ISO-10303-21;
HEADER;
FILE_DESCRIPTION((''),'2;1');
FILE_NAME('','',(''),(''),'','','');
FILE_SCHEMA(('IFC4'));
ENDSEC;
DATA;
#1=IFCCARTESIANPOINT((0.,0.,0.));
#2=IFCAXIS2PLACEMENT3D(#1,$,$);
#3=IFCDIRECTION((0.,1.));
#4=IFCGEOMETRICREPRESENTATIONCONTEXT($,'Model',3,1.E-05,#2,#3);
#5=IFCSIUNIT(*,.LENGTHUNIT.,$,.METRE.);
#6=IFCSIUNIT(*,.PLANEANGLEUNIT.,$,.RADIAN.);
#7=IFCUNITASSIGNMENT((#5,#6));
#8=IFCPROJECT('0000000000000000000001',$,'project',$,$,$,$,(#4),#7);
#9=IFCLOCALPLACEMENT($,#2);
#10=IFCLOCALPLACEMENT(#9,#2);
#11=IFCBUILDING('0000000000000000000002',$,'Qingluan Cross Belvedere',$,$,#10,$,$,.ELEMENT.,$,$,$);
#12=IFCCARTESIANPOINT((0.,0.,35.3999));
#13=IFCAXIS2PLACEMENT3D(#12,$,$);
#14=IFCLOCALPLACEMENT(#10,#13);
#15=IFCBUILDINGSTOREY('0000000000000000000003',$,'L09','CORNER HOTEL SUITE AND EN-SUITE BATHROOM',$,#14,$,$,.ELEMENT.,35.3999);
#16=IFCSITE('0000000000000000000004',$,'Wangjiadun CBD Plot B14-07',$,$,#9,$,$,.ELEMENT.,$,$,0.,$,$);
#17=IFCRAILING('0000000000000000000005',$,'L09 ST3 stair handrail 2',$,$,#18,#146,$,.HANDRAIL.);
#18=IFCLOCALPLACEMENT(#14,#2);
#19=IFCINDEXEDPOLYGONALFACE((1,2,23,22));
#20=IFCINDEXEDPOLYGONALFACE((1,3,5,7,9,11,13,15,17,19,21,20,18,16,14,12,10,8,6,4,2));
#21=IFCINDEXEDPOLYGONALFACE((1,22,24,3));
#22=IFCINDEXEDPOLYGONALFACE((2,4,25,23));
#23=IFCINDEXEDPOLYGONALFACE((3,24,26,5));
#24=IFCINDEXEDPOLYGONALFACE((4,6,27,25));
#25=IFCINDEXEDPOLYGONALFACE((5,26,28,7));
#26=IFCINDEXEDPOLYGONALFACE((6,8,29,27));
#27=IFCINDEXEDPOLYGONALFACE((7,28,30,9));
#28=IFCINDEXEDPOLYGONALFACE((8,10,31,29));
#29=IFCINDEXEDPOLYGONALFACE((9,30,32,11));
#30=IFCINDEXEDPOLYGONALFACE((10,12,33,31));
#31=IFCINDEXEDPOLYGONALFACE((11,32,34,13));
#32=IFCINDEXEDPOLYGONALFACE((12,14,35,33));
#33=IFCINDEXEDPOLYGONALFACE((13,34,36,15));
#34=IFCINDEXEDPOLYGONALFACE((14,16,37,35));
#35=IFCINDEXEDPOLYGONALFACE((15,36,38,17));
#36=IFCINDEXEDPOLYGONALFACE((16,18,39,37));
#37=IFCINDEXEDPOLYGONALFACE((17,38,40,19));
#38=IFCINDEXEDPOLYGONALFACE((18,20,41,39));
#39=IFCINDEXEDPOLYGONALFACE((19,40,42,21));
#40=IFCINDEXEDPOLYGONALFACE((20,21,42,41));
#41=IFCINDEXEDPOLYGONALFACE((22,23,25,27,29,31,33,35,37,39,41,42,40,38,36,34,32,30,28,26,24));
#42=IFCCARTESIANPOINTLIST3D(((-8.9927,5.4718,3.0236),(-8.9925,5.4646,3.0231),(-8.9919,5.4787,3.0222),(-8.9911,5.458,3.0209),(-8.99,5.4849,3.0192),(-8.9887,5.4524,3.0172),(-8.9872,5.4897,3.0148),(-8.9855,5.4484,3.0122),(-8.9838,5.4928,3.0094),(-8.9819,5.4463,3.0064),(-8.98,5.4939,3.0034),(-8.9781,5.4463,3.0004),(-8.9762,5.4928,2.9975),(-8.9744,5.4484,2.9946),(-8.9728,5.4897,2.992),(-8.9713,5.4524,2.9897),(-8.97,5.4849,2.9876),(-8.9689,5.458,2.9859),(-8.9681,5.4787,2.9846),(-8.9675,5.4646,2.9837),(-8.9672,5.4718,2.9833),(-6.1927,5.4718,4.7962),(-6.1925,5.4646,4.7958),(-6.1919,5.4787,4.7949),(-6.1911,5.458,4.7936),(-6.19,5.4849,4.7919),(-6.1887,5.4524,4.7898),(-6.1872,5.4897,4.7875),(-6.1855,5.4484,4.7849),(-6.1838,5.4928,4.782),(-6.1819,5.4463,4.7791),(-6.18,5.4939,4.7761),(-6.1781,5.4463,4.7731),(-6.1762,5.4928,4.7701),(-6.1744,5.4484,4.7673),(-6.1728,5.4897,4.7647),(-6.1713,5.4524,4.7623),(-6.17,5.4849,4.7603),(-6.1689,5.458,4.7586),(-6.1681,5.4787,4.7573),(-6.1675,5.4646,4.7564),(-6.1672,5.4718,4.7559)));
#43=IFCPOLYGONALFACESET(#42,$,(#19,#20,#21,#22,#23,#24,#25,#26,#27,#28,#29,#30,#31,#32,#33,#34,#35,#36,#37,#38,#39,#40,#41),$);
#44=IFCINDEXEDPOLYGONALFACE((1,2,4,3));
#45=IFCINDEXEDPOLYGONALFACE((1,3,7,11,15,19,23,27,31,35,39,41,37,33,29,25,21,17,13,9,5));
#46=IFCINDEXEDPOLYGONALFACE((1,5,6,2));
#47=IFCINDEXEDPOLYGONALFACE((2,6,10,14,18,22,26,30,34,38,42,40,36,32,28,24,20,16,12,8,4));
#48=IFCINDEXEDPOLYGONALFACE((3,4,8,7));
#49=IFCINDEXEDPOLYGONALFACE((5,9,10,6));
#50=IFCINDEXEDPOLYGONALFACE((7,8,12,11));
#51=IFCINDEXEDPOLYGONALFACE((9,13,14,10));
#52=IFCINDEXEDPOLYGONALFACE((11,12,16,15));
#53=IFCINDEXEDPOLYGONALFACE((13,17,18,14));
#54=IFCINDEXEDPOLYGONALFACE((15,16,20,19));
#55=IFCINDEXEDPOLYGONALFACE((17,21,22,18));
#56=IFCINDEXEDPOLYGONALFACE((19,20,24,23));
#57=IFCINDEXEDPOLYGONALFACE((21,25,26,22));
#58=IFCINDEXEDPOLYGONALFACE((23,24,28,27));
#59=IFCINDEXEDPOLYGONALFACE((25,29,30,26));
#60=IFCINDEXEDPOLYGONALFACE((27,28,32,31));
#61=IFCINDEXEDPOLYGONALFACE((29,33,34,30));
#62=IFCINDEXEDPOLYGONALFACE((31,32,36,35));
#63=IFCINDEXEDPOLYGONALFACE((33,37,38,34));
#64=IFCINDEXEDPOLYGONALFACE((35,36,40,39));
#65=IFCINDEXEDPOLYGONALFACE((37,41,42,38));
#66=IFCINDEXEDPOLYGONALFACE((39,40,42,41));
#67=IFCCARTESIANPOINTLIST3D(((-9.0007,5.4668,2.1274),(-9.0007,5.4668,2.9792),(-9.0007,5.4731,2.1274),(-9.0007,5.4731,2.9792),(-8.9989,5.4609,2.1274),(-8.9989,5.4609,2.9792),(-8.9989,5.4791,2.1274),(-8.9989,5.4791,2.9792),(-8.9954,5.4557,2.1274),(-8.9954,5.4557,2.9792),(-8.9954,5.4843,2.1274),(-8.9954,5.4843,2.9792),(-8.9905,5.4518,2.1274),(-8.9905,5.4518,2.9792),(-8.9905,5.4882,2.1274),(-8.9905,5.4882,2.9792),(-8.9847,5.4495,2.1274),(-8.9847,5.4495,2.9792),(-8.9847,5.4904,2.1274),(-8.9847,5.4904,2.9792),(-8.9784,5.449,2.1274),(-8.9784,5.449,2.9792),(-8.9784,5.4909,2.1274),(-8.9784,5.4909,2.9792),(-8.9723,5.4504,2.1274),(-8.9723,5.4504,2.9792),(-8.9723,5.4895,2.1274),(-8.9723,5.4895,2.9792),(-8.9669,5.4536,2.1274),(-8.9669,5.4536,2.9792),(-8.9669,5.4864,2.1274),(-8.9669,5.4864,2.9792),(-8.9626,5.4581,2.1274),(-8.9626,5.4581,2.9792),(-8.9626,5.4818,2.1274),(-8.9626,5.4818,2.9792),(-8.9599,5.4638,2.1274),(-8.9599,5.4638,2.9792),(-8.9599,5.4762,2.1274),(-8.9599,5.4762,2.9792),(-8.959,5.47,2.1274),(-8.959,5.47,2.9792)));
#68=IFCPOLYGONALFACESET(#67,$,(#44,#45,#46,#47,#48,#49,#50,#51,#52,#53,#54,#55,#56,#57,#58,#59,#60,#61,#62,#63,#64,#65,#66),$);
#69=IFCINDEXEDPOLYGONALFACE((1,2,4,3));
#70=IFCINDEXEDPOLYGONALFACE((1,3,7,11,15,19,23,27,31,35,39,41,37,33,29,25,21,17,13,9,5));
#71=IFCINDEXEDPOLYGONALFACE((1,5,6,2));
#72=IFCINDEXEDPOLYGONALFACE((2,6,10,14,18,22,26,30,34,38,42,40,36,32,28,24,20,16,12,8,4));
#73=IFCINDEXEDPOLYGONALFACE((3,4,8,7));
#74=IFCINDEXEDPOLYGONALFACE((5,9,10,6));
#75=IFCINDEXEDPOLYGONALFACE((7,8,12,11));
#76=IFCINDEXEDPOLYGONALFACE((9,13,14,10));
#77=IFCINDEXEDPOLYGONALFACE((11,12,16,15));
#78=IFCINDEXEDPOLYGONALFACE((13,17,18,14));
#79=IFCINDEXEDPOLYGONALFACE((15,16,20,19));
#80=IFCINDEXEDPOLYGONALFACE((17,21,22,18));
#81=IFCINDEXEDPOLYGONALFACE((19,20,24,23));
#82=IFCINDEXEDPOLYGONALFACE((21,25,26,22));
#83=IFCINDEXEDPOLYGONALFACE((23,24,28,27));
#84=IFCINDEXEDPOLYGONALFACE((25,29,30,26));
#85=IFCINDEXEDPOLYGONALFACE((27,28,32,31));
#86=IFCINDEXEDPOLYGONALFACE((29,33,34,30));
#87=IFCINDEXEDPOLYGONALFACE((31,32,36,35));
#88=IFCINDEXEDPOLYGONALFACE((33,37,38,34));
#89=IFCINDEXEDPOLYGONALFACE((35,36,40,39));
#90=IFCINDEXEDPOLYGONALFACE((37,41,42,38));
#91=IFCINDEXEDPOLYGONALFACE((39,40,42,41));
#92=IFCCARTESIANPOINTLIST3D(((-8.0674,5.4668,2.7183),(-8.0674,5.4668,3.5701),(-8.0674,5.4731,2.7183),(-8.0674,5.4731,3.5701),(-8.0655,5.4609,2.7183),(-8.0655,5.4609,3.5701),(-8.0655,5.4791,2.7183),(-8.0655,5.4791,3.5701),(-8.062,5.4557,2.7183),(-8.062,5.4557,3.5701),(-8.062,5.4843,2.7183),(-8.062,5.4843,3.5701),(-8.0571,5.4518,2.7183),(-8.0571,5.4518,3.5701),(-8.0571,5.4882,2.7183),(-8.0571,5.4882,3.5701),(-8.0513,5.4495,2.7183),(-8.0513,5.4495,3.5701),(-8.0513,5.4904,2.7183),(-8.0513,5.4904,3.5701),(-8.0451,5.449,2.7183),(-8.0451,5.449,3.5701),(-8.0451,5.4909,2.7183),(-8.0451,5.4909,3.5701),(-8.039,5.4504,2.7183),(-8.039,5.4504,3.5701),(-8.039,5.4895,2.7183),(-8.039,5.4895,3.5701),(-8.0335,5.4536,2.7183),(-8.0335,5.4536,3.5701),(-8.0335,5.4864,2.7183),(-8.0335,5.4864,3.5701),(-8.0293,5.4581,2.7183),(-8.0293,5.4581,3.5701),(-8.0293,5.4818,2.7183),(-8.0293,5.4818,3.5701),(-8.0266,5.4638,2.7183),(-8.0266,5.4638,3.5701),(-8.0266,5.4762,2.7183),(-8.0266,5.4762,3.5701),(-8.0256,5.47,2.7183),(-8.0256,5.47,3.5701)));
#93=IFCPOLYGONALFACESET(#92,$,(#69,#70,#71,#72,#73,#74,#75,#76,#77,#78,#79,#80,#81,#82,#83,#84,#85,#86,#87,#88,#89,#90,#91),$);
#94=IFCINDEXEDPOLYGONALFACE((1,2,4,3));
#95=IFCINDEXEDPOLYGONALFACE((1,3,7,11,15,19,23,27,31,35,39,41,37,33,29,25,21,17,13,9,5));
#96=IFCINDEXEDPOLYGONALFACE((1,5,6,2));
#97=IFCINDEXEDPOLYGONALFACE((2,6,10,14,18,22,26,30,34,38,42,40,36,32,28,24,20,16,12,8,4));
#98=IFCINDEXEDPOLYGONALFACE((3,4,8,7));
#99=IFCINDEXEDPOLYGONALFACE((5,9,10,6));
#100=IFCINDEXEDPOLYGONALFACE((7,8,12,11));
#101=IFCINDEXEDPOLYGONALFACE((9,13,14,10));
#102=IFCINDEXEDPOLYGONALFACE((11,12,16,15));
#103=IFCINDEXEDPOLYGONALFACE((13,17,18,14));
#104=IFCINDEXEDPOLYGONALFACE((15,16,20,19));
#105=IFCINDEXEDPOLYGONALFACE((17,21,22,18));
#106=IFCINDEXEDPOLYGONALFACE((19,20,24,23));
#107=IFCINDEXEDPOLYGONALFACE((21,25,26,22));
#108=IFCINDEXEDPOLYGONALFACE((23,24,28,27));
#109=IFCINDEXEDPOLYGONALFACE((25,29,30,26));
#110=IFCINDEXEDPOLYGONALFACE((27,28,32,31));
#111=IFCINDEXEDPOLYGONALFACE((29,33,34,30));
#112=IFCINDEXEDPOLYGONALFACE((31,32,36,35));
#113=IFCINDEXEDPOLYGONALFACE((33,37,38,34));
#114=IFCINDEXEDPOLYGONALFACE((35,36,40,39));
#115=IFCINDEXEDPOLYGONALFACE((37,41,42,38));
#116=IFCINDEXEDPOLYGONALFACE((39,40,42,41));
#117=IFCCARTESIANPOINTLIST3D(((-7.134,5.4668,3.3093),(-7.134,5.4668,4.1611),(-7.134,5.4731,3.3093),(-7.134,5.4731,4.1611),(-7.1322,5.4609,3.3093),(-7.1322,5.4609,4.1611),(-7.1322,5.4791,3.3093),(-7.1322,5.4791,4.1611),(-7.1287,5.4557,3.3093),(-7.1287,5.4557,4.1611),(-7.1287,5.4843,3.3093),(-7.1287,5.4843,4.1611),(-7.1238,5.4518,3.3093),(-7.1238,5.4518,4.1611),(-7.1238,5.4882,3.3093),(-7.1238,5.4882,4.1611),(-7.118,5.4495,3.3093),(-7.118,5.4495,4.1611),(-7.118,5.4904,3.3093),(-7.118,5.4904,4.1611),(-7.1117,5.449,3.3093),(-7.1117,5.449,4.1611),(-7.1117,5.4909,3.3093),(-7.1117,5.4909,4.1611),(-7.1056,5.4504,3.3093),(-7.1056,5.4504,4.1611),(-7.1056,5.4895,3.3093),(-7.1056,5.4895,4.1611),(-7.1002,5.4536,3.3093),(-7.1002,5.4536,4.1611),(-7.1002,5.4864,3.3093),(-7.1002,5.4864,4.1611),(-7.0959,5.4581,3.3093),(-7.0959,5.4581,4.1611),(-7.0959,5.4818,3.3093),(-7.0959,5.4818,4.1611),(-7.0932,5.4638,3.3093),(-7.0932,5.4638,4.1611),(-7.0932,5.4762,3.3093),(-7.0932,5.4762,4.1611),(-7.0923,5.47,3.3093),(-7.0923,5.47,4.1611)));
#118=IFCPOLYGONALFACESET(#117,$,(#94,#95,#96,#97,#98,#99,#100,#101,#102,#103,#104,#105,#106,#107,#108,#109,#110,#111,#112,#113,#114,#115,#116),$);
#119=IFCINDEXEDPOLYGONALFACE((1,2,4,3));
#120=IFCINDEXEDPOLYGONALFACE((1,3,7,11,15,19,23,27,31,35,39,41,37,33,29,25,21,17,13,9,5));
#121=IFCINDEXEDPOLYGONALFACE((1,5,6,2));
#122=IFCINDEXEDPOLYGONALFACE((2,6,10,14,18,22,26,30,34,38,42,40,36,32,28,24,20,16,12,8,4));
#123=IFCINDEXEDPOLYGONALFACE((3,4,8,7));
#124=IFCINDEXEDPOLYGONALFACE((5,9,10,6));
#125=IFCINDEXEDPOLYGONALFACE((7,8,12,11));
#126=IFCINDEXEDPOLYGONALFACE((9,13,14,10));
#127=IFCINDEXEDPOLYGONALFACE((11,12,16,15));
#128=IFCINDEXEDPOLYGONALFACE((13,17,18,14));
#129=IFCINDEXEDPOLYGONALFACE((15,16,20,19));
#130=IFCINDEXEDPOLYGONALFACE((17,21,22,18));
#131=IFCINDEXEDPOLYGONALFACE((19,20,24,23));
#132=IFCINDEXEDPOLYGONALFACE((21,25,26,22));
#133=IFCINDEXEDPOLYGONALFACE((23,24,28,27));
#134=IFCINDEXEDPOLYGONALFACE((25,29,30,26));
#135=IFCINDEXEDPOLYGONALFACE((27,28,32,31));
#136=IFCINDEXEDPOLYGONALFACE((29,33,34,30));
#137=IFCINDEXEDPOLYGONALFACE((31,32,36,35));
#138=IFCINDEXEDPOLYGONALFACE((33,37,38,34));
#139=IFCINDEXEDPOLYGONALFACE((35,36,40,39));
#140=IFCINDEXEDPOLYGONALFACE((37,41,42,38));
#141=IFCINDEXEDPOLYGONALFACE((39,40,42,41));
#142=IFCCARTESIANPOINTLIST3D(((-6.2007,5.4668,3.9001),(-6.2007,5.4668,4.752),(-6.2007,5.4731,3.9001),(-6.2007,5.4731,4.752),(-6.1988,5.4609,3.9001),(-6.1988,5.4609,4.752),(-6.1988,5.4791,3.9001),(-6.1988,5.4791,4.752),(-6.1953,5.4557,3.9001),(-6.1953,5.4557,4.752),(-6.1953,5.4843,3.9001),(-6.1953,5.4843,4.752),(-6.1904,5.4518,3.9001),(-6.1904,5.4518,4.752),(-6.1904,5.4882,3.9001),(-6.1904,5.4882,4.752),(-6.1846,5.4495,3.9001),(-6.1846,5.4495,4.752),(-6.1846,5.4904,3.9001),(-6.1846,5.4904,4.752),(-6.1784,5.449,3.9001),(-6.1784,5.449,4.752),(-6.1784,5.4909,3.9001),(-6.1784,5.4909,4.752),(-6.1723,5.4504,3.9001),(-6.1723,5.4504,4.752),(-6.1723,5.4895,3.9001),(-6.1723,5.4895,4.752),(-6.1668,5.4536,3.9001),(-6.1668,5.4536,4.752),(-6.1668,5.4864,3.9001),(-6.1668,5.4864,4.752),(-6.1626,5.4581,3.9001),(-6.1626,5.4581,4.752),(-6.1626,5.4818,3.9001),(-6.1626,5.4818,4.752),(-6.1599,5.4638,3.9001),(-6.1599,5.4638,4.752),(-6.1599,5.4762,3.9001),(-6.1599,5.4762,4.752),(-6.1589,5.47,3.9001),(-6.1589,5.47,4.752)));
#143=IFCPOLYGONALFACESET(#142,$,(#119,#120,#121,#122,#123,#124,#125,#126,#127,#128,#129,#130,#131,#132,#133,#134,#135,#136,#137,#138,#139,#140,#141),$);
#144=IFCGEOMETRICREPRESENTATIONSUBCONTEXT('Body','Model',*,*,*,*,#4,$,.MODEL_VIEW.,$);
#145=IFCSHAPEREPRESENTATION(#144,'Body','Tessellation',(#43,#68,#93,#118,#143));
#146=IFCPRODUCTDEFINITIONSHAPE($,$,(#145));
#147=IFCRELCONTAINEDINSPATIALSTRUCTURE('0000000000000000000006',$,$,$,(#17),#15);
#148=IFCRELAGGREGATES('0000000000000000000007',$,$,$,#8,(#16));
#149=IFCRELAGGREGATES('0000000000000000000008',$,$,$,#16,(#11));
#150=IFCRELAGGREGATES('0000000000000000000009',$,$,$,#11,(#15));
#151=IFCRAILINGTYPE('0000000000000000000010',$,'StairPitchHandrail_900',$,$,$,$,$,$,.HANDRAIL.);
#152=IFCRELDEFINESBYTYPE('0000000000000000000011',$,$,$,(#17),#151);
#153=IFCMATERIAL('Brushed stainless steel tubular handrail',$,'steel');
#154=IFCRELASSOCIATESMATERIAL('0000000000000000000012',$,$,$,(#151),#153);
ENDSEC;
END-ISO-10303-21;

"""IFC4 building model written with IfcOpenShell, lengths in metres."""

from ifc_helpers import new_model, si_unit, direction, frame, origin, origin_2d, place, context, subcontext, project, spatial, circle, extrude, material, type_object, element, save


model = new_model("IFC4")

# Units and contexts
model_context = context("Model", 3, precision=1e-05, world=origin(), true_north=direction((0.0, 1.0)))
body_context = subcontext(model_context, "Body", "Model", "MODEL_VIEW")
ifc_project = project(units=[si_unit("LENGTHUNIT", "METRE"), si_unit("PLANEANGLEUNIT", "RADIAN")], contexts=[model_context])

# Site, building, storey
site_placement = place(None, origin())
site = spatial("IfcSite", under=ifc_project, at=site_placement, Name="Wangjiadun CBD Plot B14-07", CompositionType="ELEMENT", RefElevation=0.0)
building_placement = place(site_placement, origin())
building = spatial("IfcBuilding", under=site, at=building_placement, Name="Qingluan Cross Belvedere", CompositionType="ELEMENT")
storey_placement = place(building_placement, frame((0.0, 0.0, 35.3999)))
storey = spatial("IfcBuildingStorey", under=building, at=storey_placement, Name="L09", Description="CORNER HOTEL SUITE AND EN-SUITE BATHROOM", CompositionType="ELEMENT", Elevation=35.3999)

# Railing
ifc_material_1 = material(Name="Brushed stainless steel tubular handrail", Category="steel")
railing_type_1 = type_object("IfcRailingType", Name="StairPitchHandrail_900", PredefinedType="HANDRAIL", material=ifc_material_1)
railing_1_placement = place(storey_placement, frame((-8.98, 5.47, 2.1274)))
element("IfcRailing", 1, at=railing_1_placement, inside=storey, type_object=railing_type_1, Name="L09 ST3 stair handrail 2", PredefinedType="HANDRAIL", context=body_context, shape_type="SweptSolid", body=[
    extrude(circle(Radius=0.0239, at=origin_2d()), frame((0.0, 0.0, 0.876), z_axis=(0.844909, 0.0, 0.53491), x_axis=(0.0, 1.0, 0.0)), (0.0, 0.0, 1.0), 3.314),
    extrude(circle(Radius=0.021, at=origin_2d()), origin(), (0.0, 0.0, 1.0), 0.8518),
    extrude(circle(Radius=0.021, at=origin_2d()), frame((0.9333, 0.0, 0.5908)), (0.0, 0.0, 1.0), 0.8518),
    extrude(circle(Radius=0.021, at=origin_2d()), frame((1.8667, 0.0, 1.1819)), (0.0, 0.0, 1.0), 0.8518),
    extrude(circle(Radius=0.021, at=origin_2d()), frame((2.8, 0.0, 1.7727)), (0.0, 0.0, 1.0), 0.8518),
])

save(model, "model.ifc")
